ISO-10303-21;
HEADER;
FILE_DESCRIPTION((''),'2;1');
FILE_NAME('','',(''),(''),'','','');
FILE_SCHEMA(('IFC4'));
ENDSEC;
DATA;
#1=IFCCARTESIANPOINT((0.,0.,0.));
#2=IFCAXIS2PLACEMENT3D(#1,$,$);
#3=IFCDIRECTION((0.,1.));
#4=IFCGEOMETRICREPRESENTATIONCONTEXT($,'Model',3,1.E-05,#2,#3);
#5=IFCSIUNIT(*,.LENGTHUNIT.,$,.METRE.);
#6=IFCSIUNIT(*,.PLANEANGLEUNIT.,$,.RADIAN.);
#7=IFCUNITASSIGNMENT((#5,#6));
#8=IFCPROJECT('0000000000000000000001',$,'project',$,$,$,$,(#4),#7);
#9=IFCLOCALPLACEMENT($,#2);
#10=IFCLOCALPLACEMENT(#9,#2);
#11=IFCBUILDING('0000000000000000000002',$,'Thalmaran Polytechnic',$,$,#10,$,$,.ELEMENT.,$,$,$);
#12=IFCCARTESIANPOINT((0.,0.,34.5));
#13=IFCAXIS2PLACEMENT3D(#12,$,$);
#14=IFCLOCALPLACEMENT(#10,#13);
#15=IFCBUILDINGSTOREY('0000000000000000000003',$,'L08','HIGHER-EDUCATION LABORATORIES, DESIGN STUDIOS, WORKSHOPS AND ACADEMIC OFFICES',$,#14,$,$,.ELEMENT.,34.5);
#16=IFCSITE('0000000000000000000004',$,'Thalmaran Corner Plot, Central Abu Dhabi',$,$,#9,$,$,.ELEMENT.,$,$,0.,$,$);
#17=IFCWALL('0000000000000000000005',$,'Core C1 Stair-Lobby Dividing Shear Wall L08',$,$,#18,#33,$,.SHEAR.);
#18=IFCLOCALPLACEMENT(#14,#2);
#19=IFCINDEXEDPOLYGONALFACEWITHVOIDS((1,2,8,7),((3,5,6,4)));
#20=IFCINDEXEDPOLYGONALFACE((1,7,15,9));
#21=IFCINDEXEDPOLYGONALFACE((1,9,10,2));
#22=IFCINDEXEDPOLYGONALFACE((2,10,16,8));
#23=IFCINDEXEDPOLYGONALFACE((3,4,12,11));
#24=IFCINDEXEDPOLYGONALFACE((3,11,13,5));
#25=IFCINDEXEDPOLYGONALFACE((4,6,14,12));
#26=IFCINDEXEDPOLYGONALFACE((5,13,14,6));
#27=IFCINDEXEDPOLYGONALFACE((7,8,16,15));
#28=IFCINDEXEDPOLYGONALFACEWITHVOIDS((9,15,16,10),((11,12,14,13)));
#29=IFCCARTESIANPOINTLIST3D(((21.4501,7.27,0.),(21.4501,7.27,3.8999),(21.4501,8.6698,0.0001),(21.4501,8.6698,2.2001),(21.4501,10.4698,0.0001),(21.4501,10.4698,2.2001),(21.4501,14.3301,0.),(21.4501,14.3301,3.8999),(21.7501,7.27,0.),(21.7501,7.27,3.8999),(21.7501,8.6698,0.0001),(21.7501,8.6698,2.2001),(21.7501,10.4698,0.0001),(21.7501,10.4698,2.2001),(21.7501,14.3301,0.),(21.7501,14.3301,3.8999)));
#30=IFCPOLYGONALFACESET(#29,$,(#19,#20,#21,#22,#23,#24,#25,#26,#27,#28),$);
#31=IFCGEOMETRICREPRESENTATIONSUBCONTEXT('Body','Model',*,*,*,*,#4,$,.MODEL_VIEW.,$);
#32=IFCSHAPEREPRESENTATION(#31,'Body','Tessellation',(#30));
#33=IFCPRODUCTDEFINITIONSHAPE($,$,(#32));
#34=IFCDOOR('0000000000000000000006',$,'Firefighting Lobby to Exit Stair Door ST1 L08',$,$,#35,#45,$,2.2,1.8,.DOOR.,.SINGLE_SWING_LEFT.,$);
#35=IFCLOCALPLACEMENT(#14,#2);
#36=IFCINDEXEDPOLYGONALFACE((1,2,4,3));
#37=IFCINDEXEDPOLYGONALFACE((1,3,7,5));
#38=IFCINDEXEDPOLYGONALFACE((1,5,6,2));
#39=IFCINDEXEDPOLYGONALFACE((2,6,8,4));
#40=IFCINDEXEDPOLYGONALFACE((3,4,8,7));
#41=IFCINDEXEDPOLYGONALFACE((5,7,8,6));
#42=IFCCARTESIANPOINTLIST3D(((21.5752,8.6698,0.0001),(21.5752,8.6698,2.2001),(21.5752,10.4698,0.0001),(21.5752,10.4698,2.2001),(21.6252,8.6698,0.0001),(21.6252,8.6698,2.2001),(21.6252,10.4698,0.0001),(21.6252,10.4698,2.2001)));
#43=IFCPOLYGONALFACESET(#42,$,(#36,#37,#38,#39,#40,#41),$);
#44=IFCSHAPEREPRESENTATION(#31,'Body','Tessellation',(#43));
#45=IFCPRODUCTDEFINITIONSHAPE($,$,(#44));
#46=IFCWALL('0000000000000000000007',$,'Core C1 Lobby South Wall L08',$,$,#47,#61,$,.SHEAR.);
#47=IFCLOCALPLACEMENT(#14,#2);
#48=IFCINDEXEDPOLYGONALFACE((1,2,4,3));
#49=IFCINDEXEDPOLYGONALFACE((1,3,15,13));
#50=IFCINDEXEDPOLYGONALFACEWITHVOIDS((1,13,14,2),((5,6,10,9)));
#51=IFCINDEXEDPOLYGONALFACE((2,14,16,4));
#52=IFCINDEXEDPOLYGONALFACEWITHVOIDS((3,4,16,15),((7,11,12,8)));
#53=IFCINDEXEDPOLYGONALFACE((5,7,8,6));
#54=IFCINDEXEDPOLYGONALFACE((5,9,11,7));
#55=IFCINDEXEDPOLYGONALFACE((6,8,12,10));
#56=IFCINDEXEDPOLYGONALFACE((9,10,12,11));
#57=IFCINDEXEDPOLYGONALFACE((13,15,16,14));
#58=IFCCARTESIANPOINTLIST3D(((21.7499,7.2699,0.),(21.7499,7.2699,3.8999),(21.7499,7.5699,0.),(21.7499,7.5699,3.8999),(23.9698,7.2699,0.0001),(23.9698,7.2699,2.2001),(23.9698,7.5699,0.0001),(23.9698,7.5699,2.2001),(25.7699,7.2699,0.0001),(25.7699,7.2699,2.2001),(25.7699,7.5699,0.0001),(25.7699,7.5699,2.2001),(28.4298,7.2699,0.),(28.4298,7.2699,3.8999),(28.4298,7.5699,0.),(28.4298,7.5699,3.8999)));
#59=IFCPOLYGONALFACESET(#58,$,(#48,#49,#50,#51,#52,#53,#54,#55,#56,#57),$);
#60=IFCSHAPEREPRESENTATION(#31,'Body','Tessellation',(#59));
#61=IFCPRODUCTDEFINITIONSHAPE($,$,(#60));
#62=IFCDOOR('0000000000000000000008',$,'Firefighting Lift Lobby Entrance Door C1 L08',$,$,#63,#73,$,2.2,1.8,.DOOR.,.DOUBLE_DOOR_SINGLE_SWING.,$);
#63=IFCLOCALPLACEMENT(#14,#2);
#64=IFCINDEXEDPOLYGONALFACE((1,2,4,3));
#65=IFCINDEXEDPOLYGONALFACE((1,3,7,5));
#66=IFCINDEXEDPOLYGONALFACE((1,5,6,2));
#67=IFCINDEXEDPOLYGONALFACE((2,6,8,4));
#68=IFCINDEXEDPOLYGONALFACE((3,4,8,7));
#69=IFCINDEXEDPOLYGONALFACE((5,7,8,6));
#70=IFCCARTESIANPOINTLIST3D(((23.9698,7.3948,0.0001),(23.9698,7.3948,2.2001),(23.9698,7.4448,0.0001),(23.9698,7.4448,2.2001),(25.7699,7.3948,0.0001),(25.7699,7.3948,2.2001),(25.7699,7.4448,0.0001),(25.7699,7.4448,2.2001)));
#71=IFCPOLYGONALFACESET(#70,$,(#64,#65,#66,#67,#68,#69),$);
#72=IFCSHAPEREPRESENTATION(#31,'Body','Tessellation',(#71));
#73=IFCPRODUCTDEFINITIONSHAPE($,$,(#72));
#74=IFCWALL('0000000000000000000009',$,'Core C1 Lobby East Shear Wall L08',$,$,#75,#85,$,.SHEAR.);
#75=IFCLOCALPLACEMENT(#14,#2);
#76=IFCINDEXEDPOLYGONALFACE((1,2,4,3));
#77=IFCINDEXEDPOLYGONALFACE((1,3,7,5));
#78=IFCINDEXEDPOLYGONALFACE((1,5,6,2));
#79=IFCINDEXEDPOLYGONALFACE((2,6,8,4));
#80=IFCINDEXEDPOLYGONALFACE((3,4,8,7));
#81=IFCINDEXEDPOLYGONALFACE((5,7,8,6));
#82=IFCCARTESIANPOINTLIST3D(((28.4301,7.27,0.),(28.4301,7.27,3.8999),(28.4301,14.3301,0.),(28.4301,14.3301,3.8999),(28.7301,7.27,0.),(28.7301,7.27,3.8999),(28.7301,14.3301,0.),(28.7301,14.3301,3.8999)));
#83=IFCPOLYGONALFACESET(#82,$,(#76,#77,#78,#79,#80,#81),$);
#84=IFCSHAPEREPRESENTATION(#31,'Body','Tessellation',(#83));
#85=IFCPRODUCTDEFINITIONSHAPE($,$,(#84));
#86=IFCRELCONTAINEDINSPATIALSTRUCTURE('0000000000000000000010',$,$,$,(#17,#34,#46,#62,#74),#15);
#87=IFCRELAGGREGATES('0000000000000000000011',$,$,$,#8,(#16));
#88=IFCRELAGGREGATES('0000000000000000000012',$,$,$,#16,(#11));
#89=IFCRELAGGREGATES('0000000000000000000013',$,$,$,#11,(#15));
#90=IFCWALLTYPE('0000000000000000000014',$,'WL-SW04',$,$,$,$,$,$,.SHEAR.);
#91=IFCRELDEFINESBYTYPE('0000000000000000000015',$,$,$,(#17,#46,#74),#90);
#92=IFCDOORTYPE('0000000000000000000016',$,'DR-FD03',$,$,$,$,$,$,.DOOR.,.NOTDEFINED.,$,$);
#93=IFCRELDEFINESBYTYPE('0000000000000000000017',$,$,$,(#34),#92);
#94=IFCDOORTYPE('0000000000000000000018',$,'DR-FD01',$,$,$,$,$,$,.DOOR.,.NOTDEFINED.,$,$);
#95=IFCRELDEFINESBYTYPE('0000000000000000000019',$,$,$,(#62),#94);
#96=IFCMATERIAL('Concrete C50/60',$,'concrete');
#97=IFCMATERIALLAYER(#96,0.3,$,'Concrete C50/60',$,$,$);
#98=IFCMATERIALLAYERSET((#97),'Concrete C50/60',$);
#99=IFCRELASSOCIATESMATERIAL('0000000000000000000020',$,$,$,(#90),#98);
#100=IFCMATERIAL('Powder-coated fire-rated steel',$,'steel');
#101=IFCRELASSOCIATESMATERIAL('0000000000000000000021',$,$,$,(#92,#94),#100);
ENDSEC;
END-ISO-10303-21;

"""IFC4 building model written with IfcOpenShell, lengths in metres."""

from ifc_helpers import new_model, si_unit, direction, frame, frame_2d, origin, place, context, subcontext, project, spatial, rectangle, extrude, material, layer, layer_set, type_object, element, fill, save


model = new_model("IFC4")

# Units and contexts
model_context = context("Model", 3, precision=1e-05, world=origin(), true_north=direction((0.0, 1.0)))
body_context = subcontext(model_context, "Body", "Model", "MODEL_VIEW")
ifc_project = project(units=[si_unit("LENGTHUNIT", "METRE"), si_unit("PLANEANGLEUNIT", "RADIAN")], contexts=[model_context])

# Site, building, storey
site_placement = place(None, origin())
site = spatial("IfcSite", under=ifc_project, at=site_placement, Name="Thalmaran Corner Plot, Central Abu Dhabi", CompositionType="ELEMENT", RefElevation=0.0)
building_placement = place(site_placement, origin())
building = spatial("IfcBuilding", under=site, at=building_placement, Name="Thalmaran Polytechnic", CompositionType="ELEMENT")
storey_placement = place(building_placement, frame((0.0, 0.0, 34.5)))
storey = spatial("IfcBuildingStorey", under=building, at=storey_placement, Name="L08", Description="HIGHER-EDUCATION LABORATORIES, DESIGN STUDIOS, WORKSHOPS AND ACADEMIC OFFICES", CompositionType="ELEMENT", Elevation=34.5)

# Walls, openings, doors
ifc_material_1 = material(Name="Concrete C50/60", Category="concrete")
ifc_layer_1 = layer(ifc_material_1, 0.3, Name="Concrete C50/60")
ifc_layer_set_1 = layer_set([ifc_layer_1], Name="Concrete C50/60")
wall_type_1 = type_object("IfcWallType", Name="WL-SW04", PredefinedType="SHEAR", material=ifc_layer_set_1)
wall_1_placement = place(storey_placement, frame((21.6001, 7.27, 0.0), z_axis=(0.0, 0.0, 1.0), x_axis=(0.0, 1.0, 0.0)))
wall_1 = element("IfcWall", 1, at=wall_1_placement, inside=storey, type_object=wall_type_1, Name="Core C1 Stair-Lobby Dividing Shear Wall L08", PredefinedType="SHEAR", context=body_context, shape_type="SweptSolid", body=[
    extrude(rectangle(XDim=7.0601, YDim=0.3, at=frame_2d((3.53, 0.0))), origin(), (0.0, 0.0, 1.0), 3.8999),
])
opening_1_placement = place(wall_1_placement, frame((1.3999, 0.0, 0.0)))
opening_1 = element("IfcOpeningElement", 2, at=opening_1_placement, cuts=wall_1, PredefinedType="OPENING", context=body_context, shape_type="SweptSolid", body=[
    extrude(rectangle(XDim=1.8, YDim=2.2, at=frame_2d((0.8999, 1.1001))), frame((0.0, 0.1599, 0.0), z_axis=(0.0, -1.0, 0.0), x_axis=(1.0, 0.0, 0.0)), (0.0, 0.0, 1.0), 0.3201),
])
ifc_material_2 = material(Name="Powder-coated fire-rated steel", Category="steel")
door_type_1 = type_object("IfcDoorType", Name="DR-FD03", OperationType="NOTDEFINED", PredefinedType="DOOR", material=ifc_material_2)
door_1_placement = place(opening_1_placement, origin())
door_1 = element("IfcDoor", 3, at=door_1_placement, inside=storey, type_object=door_type_1, Name="Firefighting Lobby to Exit Stair Door ST1 L08", OperationType="SINGLE_SWING_LEFT", OverallHeight=2.2, OverallWidth=1.8, PredefinedType="DOOR", context=body_context, shape_type="SweptSolid", body=[
    extrude(rectangle(XDim=1.8, YDim=2.2, at=frame_2d((0.8999, 1.1001))), frame((0.0, 0.0249, 0.0), z_axis=(0.0, -1.0, 0.0), x_axis=(1.0, 0.0, 0.0)), (0.0, 0.0, 1.0), 0.05),
])
fill(opening_1, door_1)
wall_2_placement = place(storey_placement, frame((21.75, 7.4199, 0.0), z_axis=(0.0, 0.0, 1.0), x_axis=(1.0, 0.0, 0.0)))
wall_2 = element("IfcWall", 4, at=wall_2_placement, inside=storey, type_object=wall_type_1, Name="Core C1 Lobby South Wall L08", PredefinedType="SHEAR", context=body_context, shape_type="SweptSolid", body=[
    extrude(rectangle(XDim=6.6799, YDim=0.3, at=frame_2d((3.3398, 0.0))), origin(), (0.0, 0.0, 1.0), 3.8999),
])
opening_2_placement = place(wall_2_placement, frame((2.22, 0.0, 0.0)))
opening_2 = element("IfcOpeningElement", 5, at=opening_2_placement, cuts=wall_2, PredefinedType="OPENING", context=body_context, shape_type="SweptSolid", body=[
    extrude(rectangle(XDim=1.8, YDim=2.2, at=frame_2d((0.8999, 1.1001))), frame((0.0, 0.1599, 0.0), z_axis=(0.0, -1.0, 0.0), x_axis=(1.0, 0.0, 0.0)), (0.0, 0.0, 1.0), 0.3201),
])
door_type_2 = type_object("IfcDoorType", Name="DR-FD01", OperationType="NOTDEFINED", PredefinedType="DOOR", material=ifc_material_2)
door_2_placement = place(opening_2_placement, origin())
door_2 = element("IfcDoor", 6, at=door_2_placement, inside=storey, type_object=door_type_2, Name="Firefighting Lift Lobby Entrance Door C1 L08", OperationType="DOUBLE_DOOR_SINGLE_SWING", OverallHeight=2.2, OverallWidth=1.8, PredefinedType="DOOR", context=body_context, shape_type="SweptSolid", body=[
    extrude(rectangle(XDim=1.8, YDim=2.2, at=frame_2d((0.8999, 1.1001))), frame((0.0, 0.0249, 0.0), z_axis=(0.0, -1.0, 0.0), x_axis=(1.0, 0.0, 0.0)), (0.0, 0.0, 1.0), 0.05),
])
fill(opening_2, door_2)

# Wall
wall_3_placement = place(storey_placement, frame((28.5801, 7.27, 0.0), z_axis=(0.0, 0.0, 1.0), x_axis=(0.0, 1.0, 0.0)))
element("IfcWall", 7, at=wall_3_placement, inside=storey, type_object=wall_type_1, Name="Core C1 Lobby East Shear Wall L08", PredefinedType="SHEAR", context=body_context, shape_type="SweptSolid", body=[
    extrude(rectangle(XDim=7.0601, YDim=0.3, at=frame_2d((3.53, 0.0))), origin(), (0.0, 0.0, 1.0), 3.8999),
])

save(model, "model.ifc")
